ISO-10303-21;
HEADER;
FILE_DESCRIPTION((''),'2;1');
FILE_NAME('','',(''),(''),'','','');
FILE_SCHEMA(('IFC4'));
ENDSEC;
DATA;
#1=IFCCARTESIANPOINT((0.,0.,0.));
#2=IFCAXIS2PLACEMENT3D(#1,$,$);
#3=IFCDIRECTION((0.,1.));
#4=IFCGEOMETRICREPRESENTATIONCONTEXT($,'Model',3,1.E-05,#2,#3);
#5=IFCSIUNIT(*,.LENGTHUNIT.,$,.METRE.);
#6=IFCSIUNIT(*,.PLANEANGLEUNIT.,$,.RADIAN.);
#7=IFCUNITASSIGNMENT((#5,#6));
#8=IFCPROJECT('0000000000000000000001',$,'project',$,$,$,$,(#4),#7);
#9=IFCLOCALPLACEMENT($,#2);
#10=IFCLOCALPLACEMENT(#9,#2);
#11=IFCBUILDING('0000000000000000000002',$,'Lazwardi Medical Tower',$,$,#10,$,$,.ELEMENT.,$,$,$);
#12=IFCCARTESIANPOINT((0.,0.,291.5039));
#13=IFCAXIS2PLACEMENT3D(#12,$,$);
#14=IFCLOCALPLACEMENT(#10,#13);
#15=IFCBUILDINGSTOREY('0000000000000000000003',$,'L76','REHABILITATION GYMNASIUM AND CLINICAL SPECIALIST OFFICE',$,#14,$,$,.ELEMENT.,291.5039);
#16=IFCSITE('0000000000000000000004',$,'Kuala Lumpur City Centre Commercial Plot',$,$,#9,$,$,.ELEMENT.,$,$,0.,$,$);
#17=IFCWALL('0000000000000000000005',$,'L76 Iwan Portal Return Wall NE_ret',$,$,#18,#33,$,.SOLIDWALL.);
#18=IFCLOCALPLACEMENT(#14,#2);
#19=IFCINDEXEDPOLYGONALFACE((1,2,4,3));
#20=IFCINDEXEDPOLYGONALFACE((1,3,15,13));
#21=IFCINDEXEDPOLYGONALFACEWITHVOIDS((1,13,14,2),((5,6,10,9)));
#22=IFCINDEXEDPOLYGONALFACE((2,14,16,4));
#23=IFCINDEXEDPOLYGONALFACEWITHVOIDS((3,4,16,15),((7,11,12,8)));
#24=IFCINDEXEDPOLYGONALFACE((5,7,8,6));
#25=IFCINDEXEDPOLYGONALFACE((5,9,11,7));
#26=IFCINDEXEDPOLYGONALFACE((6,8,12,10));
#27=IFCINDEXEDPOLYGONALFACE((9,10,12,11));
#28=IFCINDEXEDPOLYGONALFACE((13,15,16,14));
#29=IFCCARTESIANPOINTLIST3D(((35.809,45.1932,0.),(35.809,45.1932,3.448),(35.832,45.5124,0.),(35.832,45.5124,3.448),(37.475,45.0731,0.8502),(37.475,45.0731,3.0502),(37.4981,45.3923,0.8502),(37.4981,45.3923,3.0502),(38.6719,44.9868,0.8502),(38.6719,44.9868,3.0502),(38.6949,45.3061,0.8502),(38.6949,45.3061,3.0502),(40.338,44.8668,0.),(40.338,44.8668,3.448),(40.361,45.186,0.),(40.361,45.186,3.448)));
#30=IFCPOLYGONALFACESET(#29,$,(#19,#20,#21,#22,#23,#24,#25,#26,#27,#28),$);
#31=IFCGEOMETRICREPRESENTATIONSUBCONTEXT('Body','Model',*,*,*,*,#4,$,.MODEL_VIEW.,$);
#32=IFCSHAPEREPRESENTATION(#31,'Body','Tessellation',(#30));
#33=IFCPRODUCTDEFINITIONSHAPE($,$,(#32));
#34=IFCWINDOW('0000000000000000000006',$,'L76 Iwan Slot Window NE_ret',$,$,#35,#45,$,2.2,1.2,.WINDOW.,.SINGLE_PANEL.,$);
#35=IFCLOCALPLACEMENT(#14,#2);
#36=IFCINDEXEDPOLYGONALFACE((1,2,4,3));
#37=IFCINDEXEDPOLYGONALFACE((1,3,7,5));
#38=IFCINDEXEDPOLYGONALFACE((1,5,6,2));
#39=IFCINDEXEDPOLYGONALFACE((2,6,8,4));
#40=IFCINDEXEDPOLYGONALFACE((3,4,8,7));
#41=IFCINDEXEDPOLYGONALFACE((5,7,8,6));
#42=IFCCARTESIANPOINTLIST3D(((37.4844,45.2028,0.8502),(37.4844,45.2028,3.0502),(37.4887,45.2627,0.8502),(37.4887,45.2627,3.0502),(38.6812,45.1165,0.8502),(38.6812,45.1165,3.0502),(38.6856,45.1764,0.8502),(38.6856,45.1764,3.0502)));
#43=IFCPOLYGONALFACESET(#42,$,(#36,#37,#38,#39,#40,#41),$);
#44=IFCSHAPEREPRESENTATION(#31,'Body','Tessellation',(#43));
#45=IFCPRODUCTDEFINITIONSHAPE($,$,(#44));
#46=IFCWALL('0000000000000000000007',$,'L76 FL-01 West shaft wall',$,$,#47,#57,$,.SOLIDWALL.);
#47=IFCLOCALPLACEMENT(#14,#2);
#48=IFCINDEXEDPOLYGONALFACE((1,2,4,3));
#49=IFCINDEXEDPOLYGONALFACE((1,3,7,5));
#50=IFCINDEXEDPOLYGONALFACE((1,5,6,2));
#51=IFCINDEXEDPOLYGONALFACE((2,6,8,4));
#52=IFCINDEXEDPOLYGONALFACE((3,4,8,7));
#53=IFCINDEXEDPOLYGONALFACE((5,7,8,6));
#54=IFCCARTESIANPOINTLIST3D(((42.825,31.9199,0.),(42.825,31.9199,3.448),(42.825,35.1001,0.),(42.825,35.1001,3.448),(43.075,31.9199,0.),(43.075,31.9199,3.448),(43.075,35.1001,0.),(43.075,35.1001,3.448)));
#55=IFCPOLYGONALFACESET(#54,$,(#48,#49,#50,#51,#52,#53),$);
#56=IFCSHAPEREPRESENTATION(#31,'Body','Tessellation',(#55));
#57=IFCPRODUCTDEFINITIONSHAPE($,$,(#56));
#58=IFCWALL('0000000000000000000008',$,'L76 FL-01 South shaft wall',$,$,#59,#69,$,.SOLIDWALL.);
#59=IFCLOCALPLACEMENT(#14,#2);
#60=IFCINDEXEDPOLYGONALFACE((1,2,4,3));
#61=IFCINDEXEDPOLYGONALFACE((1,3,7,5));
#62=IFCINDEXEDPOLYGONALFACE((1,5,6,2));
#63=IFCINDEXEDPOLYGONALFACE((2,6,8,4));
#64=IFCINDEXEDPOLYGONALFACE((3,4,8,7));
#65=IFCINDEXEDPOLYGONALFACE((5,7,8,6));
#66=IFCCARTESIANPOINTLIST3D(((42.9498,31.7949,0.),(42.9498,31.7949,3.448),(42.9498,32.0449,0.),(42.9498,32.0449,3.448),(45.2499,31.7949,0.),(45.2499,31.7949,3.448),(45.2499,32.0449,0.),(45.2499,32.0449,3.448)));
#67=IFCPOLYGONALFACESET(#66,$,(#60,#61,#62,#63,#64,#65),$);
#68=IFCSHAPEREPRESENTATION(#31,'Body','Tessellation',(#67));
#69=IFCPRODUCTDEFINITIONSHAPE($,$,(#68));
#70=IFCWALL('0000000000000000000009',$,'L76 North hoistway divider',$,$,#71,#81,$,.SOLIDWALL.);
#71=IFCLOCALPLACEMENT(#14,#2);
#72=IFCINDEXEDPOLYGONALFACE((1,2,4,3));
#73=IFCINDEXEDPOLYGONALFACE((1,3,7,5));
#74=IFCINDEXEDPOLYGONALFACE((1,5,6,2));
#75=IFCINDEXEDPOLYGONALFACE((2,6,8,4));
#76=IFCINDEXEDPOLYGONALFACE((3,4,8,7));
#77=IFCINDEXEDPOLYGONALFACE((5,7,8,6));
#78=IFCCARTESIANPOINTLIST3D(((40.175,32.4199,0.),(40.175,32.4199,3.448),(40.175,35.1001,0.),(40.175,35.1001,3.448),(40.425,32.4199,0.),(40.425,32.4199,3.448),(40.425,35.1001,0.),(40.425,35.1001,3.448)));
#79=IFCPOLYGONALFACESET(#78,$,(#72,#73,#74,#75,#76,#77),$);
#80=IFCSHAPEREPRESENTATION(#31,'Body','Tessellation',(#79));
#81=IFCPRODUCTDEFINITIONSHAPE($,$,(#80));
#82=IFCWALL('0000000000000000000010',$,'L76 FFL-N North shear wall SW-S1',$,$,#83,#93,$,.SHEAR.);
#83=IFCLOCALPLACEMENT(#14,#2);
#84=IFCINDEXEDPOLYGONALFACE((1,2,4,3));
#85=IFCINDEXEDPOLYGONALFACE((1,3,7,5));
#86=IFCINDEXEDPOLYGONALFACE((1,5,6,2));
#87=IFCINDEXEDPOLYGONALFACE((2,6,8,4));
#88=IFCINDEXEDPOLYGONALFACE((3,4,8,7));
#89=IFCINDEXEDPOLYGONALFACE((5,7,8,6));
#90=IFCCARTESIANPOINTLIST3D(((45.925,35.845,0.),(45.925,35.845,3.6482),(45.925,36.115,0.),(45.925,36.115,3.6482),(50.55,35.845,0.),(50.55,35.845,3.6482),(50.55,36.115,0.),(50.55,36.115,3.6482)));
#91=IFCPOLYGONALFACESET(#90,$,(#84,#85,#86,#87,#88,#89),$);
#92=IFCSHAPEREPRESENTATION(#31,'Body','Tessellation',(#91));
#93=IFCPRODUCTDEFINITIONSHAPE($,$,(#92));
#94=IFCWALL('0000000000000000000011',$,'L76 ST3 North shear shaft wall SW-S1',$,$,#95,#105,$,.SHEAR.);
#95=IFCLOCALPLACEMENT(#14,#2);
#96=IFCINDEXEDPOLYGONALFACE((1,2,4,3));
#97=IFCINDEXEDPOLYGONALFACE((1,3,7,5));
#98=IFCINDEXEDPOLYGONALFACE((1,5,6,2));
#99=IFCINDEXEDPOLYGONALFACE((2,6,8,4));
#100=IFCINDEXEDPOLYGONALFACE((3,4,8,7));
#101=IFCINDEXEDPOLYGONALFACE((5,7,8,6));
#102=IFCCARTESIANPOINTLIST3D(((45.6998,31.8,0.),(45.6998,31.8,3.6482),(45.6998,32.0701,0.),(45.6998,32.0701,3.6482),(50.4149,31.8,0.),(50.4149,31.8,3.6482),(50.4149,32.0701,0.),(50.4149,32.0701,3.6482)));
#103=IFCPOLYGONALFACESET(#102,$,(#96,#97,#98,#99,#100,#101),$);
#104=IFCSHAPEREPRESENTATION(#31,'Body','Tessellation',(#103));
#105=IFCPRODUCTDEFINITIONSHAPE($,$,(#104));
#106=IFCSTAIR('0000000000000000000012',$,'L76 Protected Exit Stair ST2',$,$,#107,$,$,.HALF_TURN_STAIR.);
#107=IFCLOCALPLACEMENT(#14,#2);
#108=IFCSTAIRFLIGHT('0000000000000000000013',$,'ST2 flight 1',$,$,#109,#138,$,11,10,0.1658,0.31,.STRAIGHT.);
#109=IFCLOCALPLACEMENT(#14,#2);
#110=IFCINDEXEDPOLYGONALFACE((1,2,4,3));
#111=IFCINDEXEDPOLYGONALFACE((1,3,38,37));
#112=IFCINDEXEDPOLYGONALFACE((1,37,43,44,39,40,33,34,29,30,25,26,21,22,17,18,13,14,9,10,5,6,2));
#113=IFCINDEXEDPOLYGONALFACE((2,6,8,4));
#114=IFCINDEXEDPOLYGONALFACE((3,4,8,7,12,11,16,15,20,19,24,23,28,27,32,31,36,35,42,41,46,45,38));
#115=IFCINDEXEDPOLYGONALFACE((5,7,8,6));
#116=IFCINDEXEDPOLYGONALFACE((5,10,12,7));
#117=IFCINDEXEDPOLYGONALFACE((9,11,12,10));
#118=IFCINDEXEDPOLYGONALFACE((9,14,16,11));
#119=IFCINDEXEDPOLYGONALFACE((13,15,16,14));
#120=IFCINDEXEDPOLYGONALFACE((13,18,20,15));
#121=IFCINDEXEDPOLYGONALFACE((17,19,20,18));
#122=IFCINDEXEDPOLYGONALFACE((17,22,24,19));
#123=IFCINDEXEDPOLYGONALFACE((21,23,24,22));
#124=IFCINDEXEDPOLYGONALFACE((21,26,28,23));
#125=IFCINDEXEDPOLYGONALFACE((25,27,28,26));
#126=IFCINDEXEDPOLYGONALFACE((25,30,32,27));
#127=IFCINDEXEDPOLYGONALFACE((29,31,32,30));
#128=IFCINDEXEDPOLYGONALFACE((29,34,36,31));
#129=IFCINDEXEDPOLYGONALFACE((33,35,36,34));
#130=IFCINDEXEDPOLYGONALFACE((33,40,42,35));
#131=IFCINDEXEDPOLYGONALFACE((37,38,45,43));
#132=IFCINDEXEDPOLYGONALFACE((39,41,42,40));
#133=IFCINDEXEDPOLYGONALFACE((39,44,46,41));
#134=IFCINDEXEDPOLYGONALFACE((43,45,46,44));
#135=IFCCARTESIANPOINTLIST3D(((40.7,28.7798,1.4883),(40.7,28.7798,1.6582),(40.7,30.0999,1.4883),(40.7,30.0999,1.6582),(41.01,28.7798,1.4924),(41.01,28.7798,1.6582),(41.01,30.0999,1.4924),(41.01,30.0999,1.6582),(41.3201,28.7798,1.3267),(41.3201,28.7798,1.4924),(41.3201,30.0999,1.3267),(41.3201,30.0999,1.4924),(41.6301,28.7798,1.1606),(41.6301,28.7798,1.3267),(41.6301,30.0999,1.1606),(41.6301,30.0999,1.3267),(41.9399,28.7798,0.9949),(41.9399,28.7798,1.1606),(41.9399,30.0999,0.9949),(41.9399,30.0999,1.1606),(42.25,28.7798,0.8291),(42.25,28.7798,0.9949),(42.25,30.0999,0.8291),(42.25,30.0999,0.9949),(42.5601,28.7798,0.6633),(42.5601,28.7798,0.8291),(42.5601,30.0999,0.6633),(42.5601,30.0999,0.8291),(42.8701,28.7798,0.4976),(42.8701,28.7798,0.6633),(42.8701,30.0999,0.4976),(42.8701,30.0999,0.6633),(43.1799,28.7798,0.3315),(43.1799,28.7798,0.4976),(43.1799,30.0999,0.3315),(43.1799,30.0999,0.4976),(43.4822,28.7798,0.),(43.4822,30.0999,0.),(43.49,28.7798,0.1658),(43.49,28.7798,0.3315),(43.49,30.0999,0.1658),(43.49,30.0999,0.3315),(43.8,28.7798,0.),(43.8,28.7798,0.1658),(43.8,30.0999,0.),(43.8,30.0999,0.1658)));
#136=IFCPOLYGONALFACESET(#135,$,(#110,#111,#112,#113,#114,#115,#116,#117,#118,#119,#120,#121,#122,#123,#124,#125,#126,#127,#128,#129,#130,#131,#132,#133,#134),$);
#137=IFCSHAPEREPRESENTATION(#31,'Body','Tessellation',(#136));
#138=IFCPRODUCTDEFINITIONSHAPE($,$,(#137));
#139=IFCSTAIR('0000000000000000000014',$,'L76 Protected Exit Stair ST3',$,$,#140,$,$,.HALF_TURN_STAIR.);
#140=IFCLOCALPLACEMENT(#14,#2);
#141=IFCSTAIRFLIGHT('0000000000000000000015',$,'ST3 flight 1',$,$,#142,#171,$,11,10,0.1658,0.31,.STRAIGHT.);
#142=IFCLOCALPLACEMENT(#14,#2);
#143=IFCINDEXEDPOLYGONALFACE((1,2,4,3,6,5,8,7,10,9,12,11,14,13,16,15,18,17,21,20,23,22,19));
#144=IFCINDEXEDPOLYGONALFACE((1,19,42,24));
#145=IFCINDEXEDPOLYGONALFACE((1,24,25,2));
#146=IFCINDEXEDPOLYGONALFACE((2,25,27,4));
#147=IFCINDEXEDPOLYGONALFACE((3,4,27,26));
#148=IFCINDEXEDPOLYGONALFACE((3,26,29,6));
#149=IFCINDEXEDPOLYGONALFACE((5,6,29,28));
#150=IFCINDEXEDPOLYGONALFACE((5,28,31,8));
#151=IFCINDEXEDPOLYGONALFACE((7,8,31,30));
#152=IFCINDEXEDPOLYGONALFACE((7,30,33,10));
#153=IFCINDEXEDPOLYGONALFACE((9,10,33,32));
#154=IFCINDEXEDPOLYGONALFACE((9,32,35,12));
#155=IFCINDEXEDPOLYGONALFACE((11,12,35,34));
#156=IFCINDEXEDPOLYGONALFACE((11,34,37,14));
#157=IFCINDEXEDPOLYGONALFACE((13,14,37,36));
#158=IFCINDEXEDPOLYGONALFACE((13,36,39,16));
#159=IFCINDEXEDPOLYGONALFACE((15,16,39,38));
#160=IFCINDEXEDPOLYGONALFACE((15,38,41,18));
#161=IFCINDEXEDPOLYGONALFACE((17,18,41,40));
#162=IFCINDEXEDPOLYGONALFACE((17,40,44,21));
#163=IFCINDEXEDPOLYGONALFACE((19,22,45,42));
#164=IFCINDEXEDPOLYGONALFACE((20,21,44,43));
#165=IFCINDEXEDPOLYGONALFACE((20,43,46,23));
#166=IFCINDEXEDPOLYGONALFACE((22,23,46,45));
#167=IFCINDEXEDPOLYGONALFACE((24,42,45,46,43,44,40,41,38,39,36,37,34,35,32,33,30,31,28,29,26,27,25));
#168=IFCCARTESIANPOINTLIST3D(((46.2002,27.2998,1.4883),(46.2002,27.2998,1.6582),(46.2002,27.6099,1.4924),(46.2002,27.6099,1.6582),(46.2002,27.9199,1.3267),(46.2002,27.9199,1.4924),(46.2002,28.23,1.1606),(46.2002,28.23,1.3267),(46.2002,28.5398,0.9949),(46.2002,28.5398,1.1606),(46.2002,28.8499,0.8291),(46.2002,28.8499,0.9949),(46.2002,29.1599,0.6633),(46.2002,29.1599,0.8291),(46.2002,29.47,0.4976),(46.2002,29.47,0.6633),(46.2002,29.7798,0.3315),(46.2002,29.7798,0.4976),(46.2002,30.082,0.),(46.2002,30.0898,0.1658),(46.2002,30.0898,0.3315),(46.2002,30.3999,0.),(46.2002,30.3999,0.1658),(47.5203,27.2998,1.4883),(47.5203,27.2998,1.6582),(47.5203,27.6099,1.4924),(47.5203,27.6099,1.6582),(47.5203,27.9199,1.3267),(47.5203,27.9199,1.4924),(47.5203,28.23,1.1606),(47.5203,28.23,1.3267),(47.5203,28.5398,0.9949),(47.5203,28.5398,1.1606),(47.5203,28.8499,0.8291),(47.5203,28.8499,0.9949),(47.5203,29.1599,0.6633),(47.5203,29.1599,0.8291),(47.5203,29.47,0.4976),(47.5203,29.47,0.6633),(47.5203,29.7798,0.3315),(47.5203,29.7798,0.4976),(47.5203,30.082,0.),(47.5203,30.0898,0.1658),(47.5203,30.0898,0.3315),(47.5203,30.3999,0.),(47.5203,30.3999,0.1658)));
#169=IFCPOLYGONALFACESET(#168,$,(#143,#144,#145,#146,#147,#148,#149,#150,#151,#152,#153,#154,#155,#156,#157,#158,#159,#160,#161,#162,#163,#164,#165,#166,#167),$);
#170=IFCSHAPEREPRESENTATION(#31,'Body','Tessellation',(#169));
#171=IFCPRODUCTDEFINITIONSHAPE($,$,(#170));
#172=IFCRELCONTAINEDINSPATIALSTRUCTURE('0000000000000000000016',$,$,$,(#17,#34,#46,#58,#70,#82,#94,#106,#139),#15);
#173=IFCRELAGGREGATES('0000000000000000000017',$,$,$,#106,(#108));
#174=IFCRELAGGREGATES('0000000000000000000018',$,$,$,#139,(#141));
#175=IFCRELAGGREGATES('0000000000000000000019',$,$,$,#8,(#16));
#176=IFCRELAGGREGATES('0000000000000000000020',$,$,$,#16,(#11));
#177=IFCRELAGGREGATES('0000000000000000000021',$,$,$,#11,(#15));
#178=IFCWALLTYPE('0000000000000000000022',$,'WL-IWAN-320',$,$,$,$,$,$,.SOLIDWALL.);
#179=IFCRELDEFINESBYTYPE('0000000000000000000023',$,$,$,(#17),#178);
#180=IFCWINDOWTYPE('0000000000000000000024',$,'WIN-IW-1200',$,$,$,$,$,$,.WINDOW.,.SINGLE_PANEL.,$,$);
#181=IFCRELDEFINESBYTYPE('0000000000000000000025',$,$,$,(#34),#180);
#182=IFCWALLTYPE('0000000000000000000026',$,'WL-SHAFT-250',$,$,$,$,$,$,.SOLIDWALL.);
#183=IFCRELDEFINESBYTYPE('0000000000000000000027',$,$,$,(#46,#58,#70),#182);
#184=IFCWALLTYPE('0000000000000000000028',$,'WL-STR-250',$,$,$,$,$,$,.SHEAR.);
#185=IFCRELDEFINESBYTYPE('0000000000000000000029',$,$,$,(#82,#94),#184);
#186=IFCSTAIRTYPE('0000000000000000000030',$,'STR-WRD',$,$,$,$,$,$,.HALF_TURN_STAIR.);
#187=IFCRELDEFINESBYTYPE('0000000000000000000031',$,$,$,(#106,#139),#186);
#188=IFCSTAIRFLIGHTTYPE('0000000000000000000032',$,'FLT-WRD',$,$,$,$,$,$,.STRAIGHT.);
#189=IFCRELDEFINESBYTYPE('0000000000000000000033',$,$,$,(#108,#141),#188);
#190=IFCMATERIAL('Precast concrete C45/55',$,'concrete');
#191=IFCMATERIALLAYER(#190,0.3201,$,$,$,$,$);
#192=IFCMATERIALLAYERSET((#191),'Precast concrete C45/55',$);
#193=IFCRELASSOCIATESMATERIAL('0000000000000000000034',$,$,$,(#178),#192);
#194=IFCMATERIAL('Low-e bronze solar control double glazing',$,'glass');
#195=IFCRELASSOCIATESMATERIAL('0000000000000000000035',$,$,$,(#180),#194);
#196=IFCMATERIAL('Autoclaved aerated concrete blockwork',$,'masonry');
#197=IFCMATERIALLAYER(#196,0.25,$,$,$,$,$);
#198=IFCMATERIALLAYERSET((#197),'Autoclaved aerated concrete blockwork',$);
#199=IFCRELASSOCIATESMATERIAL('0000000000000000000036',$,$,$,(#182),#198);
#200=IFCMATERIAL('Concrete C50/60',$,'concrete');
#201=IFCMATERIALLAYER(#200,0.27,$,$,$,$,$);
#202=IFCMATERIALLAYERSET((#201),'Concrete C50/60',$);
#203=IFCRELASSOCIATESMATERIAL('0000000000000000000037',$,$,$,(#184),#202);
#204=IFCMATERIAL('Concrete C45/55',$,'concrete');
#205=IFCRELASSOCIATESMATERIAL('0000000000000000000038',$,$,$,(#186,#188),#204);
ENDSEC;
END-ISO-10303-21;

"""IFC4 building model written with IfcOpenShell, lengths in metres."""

from ifc_helpers import new_model, si_unit, direction, frame, frame_2d, origin, place, context, subcontext, project, spatial, polyline, rectangle, outline, extrude, material, layer, layer_set, type_object, element, fill, aggregate, save


model = new_model("IFC4")

# Units and contexts
model_context = context("Model", 3, precision=1e-05, world=origin(), true_north=direction((0.0, 1.0)))
body_context = subcontext(model_context, "Body", "Model", "MODEL_VIEW")
ifc_project = project(units=[si_unit("LENGTHUNIT", "METRE"), si_unit("PLANEANGLEUNIT", "RADIAN")], contexts=[model_context])

# Site, building, storey
site_placement = place(None, origin())
site = spatial("IfcSite", under=ifc_project, at=site_placement, Name="Kuala Lumpur City Centre Commercial Plot", CompositionType="ELEMENT", RefElevation=0.0)
building_placement = place(site_placement, origin())
building = spatial("IfcBuilding", under=site, at=building_placement, Name="Lazwardi Medical Tower", CompositionType="ELEMENT")
storey_placement = place(building_placement, frame((0.0, 0.0, 291.5039)))
storey = spatial("IfcBuildingStorey", under=building, at=storey_placement, Name="L76", Description="REHABILITATION GYMNASIUM AND CLINICAL SPECIALIST OFFICE", CompositionType="ELEMENT", Elevation=291.5039)

# Shared definitions
ifc_material_1 = material(Name="Low-e bronze solar control double glazing", Category="glass")

# Wall, opening, window
ifc_material_2 = material(Name="Precast concrete C45/55", Category="concrete")
ifc_layer_1 = layer(ifc_material_2, 0.3201)
ifc_layer_set_1 = layer_set([ifc_layer_1], Name="Precast concrete C45/55")
wall_type_1 = type_object("IfcWallType", Name="WL-IWAN-320", PredefinedType="SOLIDWALL", material=ifc_layer_set_1)
wall_1_placement = place(storey_placement, frame((40.3496, 45.0264, 0.0), z_axis=(0.0, 0.0, 1.0), x_axis=(-0.997413, 0.071885, 0.0)))
wall_1 = element("IfcWall", 1, at=wall_1_placement, inside=storey, type_object=wall_type_1, Name="L76 Iwan Portal Return Wall NE_ret", PredefinedType="SOLIDWALL", context=body_context, shape_type="SweptSolid", body=[
    extrude(rectangle(XDim=4.5408, YDim=0.3201, at=frame_2d((2.2705, 0.0))), origin(), (0.0, 0.0, 1.0), 3.448),
])
opening_placement = place(wall_1_placement, frame((1.6704, 0.0, 0.8501)))
opening = element("IfcOpeningElement", 2, at=opening_placement, cuts=wall_1, PredefinedType="OPENING", context=body_context, shape_type="SweptSolid", body=[
    extrude(rectangle(XDim=1.2, YDim=2.2, at=frame_2d((0.6001, 1.1001))), frame((0.0, 0.1699, 0.0), z_axis=(0.0, -1.0, 0.0), x_axis=(1.0, 0.0, 0.0)), (0.0, 0.0, 1.0), 0.3401),
])
window_type = type_object("IfcWindowType", Name="WIN-IW-1200", PartitioningType="SINGLE_PANEL", PredefinedType="WINDOW", material=ifc_material_1)
window_placement = place(opening_placement, origin())
window = element("IfcWindow", 3, at=window_placement, inside=storey, type_object=window_type, Name="L76 Iwan Slot Window NE_ret", OverallHeight=2.2, OverallWidth=1.2, PartitioningType="SINGLE_PANEL", PredefinedType="WINDOW", context=body_context, shape_type="SweptSolid", body=[
    extrude(rectangle(XDim=1.2, YDim=2.2, at=frame_2d((0.6001, 1.1001))), frame((0.0, 0.03, 0.0), z_axis=(0.0, -1.0, 0.0), x_axis=(1.0, 0.0, 0.0)), (0.0, 0.0, 1.0), 0.0601),
])
fill(opening, window)

# Walls
ifc_material_3 = material(Name="Autoclaved aerated concrete blockwork", Category="masonry")
ifc_layer_2 = layer(ifc_material_3, 0.25)
ifc_layer_set_2 = layer_set([ifc_layer_2], Name="Autoclaved aerated concrete blockwork")
wall_type_2 = type_object("IfcWallType", Name="WL-SHAFT-250", PredefinedType="SOLIDWALL", material=ifc_layer_set_2)
wall_2_placement = place(storey_placement, frame((42.95, 31.9199, 0.0), z_axis=(0.0, 0.0, 1.0), x_axis=(0.0, 1.0, 0.0)))
element("IfcWall", 4, at=wall_2_placement, inside=storey, type_object=wall_type_2, Name="L76 FL-01 West shaft wall", PredefinedType="SOLIDWALL", context=body_context, shape_type="SweptSolid", body=[
    extrude(rectangle(XDim=3.1802, YDim=0.25, at=frame_2d((1.5901, 0.0))), origin(), (0.0, 0.0, 1.0), 3.448),
])
wall_3_placement = place(storey_placement, frame((42.95, 31.9199, 0.0), z_axis=(0.0, 0.0, 1.0), x_axis=(1.0, 0.0, 0.0)))
element("IfcWall", 5, at=wall_3_placement, inside=storey, type_object=wall_type_2, Name="L76 FL-01 South shaft wall", PredefinedType="SOLIDWALL", context=body_context, shape_type="SweptSolid", body=[
    extrude(rectangle(XDim=2.3, YDim=0.25, at=frame_2d((1.1499, 0.0))), origin(), (0.0, 0.0, 1.0), 3.448),
])
wall_4_placement = place(storey_placement, frame((40.3, 32.4199, 0.0), z_axis=(0.0, 0.0, 1.0), x_axis=(0.0, 1.0, 0.0)))
element("IfcWall", 6, at=wall_4_placement, inside=storey, type_object=wall_type_2, Name="L76 North hoistway divider", PredefinedType="SOLIDWALL", context=body_context, shape_type="SweptSolid", body=[
    extrude(rectangle(XDim=2.6802, YDim=0.25, at=frame_2d((1.3401, 0.0))), origin(), (0.0, 0.0, 1.0), 3.448),
])
ifc_material_4 = material(Name="Concrete C50/60", Category="concrete")
ifc_layer_3 = layer(ifc_material_4, 0.27)
ifc_layer_set_3 = layer_set([ifc_layer_3], Name="Concrete C50/60")
wall_type_3 = type_object("IfcWallType", Name="WL-STR-250", PredefinedType="SHEAR", material=ifc_layer_set_3)
wall_5_placement = place(storey_placement, frame((45.925, 35.98, 0.0), z_axis=(0.0, 0.0, 1.0), x_axis=(1.0, 0.0, 0.0)))
element("IfcWall", 7, at=wall_5_placement, inside=storey, type_object=wall_type_3, Name="L76 FFL-N North shear wall SW-S1", PredefinedType="SHEAR", context=body_context, shape_type="SweptSolid", body=[
    extrude(rectangle(XDim=4.625, YDim=0.27, at=frame_2d((2.3125, 0.0))), origin(), (0.0, 0.0, 1.0), 3.6482),
])
wall_6_placement = place(storey_placement, frame((45.7, 31.9351, 0.0), z_axis=(0.0, 0.0, 1.0), x_axis=(1.0, 0.0, 0.0)))
element("IfcWall", 8, at=wall_6_placement, inside=storey, type_object=wall_type_3, Name="L76 ST3 North shear shaft wall SW-S1", PredefinedType="SHEAR", context=body_context, shape_type="SweptSolid", body=[
    extrude(rectangle(XDim=4.7151, YDim=0.27, at=frame_2d((2.3574, 0.0))), origin(), (0.0, 0.0, 1.0), 3.6482),
])

# Stairs, stair flights
ifc_material_5 = material(Name="Concrete C45/55", Category="concrete")
stair_type = type_object("IfcStairType", Name="STR-WRD", PredefinedType="HALF_TURN_STAIR", material=ifc_material_5)
stair_1_placement = place(storey_placement, origin())
stair_1 = element("IfcStair", 9, at=stair_1_placement, inside=storey, type_object=stair_type, Name="L76 Protected Exit Stair ST2", PredefinedType="HALF_TURN_STAIR")
stair_flight_type = type_object("IfcStairFlightType", Name="FLT-WRD", PredefinedType="STRAIGHT", material=ifc_material_5)
stair_flight_1_placement = place(storey_placement, frame((43.8, 29.4399, 0.0), z_axis=(0.0, 0.0, 1.0), x_axis=(-1.0, 0.0, 0.0)))
stair_flight_1 = element("IfcStairFlight", 10, at=stair_flight_1_placement, type_object=stair_flight_type, Name="ST2 flight 1", NumberOfRisers=11, NumberOfTreads=10, PredefinedType="STRAIGHT", RiserHeight=0.1658, TreadLength=0.31, context=body_context, shape_type="SweptSolid", body=[
    extrude(outline(polyline([(0.0, 0.0), (0.0, 0.1658), (0.3101, 0.1658), (0.3101, 0.3315), (0.6201, 0.3315), (0.6201, 0.4976), (0.9299, 0.4976), (0.9299, 0.6633), (1.24, 0.6633), (1.24, 0.8291), (1.55, 0.8291), (1.55, 0.9949), (1.8601, 0.9949), (1.8601, 1.1606), (2.1699, 1.1606), (2.1699, 1.3267), (2.48, 1.3267), (2.48, 1.4924), (2.79, 1.4924), (2.79, 1.6582), (3.1001, 1.6582), (3.1001, 1.824), (3.1001, 1.4883), (0.3179, 0.0), (0.0, 0.0)])), frame((0.0, 0.6602, 0.0), z_axis=(0.0, -1.0, 0.0), x_axis=(1.0, 0.0, 0.0)), (0.0, 0.0, 1.0), 1.3201),
])
aggregate(stair_1, [stair_flight_1])
stair_2_placement = place(storey_placement, origin())
stair_2 = element("IfcStair", 11, at=stair_2_placement, inside=storey, type_object=stair_type, Name="L76 Protected Exit Stair ST3", PredefinedType="HALF_TURN_STAIR")
stair_flight_2_placement = place(storey_placement, frame((46.8601, 30.3999, 0.0), z_axis=(0.0, 0.0, 1.0), x_axis=(0.0, -1.0, 0.0)))
stair_flight_2 = element("IfcStairFlight", 12, at=stair_flight_2_placement, type_object=stair_flight_type, Name="ST3 flight 1", NumberOfRisers=11, NumberOfTreads=10, PredefinedType="STRAIGHT", RiserHeight=0.1658, TreadLength=0.31, context=body_context, shape_type="SweptSolid", body=[
    extrude(outline(polyline([(0.0, 0.0), (0.0, 0.1658), (0.3101, 0.1658), (0.3101, 0.3315), (0.6201, 0.3315), (0.6201, 0.4976), (0.9299, 0.4976), (0.9299, 0.6633), (1.24, 0.6633), (1.24, 0.8291), (1.55, 0.8291), (1.55, 0.9949), (1.8601, 0.9949), (1.8601, 1.1606), (2.1699, 1.1606), (2.1699, 1.3267), (2.48, 1.3267), (2.48, 1.4924), (2.79, 1.4924), (2.79, 1.6582), (3.1001, 1.6582), (3.1001, 1.824), (3.1001, 1.4883), (0.3179, 0.0), (0.0, 0.0)])), frame((0.0, 0.6602, 0.0), z_axis=(0.0, -1.0, 0.0), x_axis=(1.0, 0.0, 0.0)), (0.0, 0.0, 1.0), 1.3201),
])
aggregate(stair_2, [stair_flight_2])

save(model, "model.ifc")
